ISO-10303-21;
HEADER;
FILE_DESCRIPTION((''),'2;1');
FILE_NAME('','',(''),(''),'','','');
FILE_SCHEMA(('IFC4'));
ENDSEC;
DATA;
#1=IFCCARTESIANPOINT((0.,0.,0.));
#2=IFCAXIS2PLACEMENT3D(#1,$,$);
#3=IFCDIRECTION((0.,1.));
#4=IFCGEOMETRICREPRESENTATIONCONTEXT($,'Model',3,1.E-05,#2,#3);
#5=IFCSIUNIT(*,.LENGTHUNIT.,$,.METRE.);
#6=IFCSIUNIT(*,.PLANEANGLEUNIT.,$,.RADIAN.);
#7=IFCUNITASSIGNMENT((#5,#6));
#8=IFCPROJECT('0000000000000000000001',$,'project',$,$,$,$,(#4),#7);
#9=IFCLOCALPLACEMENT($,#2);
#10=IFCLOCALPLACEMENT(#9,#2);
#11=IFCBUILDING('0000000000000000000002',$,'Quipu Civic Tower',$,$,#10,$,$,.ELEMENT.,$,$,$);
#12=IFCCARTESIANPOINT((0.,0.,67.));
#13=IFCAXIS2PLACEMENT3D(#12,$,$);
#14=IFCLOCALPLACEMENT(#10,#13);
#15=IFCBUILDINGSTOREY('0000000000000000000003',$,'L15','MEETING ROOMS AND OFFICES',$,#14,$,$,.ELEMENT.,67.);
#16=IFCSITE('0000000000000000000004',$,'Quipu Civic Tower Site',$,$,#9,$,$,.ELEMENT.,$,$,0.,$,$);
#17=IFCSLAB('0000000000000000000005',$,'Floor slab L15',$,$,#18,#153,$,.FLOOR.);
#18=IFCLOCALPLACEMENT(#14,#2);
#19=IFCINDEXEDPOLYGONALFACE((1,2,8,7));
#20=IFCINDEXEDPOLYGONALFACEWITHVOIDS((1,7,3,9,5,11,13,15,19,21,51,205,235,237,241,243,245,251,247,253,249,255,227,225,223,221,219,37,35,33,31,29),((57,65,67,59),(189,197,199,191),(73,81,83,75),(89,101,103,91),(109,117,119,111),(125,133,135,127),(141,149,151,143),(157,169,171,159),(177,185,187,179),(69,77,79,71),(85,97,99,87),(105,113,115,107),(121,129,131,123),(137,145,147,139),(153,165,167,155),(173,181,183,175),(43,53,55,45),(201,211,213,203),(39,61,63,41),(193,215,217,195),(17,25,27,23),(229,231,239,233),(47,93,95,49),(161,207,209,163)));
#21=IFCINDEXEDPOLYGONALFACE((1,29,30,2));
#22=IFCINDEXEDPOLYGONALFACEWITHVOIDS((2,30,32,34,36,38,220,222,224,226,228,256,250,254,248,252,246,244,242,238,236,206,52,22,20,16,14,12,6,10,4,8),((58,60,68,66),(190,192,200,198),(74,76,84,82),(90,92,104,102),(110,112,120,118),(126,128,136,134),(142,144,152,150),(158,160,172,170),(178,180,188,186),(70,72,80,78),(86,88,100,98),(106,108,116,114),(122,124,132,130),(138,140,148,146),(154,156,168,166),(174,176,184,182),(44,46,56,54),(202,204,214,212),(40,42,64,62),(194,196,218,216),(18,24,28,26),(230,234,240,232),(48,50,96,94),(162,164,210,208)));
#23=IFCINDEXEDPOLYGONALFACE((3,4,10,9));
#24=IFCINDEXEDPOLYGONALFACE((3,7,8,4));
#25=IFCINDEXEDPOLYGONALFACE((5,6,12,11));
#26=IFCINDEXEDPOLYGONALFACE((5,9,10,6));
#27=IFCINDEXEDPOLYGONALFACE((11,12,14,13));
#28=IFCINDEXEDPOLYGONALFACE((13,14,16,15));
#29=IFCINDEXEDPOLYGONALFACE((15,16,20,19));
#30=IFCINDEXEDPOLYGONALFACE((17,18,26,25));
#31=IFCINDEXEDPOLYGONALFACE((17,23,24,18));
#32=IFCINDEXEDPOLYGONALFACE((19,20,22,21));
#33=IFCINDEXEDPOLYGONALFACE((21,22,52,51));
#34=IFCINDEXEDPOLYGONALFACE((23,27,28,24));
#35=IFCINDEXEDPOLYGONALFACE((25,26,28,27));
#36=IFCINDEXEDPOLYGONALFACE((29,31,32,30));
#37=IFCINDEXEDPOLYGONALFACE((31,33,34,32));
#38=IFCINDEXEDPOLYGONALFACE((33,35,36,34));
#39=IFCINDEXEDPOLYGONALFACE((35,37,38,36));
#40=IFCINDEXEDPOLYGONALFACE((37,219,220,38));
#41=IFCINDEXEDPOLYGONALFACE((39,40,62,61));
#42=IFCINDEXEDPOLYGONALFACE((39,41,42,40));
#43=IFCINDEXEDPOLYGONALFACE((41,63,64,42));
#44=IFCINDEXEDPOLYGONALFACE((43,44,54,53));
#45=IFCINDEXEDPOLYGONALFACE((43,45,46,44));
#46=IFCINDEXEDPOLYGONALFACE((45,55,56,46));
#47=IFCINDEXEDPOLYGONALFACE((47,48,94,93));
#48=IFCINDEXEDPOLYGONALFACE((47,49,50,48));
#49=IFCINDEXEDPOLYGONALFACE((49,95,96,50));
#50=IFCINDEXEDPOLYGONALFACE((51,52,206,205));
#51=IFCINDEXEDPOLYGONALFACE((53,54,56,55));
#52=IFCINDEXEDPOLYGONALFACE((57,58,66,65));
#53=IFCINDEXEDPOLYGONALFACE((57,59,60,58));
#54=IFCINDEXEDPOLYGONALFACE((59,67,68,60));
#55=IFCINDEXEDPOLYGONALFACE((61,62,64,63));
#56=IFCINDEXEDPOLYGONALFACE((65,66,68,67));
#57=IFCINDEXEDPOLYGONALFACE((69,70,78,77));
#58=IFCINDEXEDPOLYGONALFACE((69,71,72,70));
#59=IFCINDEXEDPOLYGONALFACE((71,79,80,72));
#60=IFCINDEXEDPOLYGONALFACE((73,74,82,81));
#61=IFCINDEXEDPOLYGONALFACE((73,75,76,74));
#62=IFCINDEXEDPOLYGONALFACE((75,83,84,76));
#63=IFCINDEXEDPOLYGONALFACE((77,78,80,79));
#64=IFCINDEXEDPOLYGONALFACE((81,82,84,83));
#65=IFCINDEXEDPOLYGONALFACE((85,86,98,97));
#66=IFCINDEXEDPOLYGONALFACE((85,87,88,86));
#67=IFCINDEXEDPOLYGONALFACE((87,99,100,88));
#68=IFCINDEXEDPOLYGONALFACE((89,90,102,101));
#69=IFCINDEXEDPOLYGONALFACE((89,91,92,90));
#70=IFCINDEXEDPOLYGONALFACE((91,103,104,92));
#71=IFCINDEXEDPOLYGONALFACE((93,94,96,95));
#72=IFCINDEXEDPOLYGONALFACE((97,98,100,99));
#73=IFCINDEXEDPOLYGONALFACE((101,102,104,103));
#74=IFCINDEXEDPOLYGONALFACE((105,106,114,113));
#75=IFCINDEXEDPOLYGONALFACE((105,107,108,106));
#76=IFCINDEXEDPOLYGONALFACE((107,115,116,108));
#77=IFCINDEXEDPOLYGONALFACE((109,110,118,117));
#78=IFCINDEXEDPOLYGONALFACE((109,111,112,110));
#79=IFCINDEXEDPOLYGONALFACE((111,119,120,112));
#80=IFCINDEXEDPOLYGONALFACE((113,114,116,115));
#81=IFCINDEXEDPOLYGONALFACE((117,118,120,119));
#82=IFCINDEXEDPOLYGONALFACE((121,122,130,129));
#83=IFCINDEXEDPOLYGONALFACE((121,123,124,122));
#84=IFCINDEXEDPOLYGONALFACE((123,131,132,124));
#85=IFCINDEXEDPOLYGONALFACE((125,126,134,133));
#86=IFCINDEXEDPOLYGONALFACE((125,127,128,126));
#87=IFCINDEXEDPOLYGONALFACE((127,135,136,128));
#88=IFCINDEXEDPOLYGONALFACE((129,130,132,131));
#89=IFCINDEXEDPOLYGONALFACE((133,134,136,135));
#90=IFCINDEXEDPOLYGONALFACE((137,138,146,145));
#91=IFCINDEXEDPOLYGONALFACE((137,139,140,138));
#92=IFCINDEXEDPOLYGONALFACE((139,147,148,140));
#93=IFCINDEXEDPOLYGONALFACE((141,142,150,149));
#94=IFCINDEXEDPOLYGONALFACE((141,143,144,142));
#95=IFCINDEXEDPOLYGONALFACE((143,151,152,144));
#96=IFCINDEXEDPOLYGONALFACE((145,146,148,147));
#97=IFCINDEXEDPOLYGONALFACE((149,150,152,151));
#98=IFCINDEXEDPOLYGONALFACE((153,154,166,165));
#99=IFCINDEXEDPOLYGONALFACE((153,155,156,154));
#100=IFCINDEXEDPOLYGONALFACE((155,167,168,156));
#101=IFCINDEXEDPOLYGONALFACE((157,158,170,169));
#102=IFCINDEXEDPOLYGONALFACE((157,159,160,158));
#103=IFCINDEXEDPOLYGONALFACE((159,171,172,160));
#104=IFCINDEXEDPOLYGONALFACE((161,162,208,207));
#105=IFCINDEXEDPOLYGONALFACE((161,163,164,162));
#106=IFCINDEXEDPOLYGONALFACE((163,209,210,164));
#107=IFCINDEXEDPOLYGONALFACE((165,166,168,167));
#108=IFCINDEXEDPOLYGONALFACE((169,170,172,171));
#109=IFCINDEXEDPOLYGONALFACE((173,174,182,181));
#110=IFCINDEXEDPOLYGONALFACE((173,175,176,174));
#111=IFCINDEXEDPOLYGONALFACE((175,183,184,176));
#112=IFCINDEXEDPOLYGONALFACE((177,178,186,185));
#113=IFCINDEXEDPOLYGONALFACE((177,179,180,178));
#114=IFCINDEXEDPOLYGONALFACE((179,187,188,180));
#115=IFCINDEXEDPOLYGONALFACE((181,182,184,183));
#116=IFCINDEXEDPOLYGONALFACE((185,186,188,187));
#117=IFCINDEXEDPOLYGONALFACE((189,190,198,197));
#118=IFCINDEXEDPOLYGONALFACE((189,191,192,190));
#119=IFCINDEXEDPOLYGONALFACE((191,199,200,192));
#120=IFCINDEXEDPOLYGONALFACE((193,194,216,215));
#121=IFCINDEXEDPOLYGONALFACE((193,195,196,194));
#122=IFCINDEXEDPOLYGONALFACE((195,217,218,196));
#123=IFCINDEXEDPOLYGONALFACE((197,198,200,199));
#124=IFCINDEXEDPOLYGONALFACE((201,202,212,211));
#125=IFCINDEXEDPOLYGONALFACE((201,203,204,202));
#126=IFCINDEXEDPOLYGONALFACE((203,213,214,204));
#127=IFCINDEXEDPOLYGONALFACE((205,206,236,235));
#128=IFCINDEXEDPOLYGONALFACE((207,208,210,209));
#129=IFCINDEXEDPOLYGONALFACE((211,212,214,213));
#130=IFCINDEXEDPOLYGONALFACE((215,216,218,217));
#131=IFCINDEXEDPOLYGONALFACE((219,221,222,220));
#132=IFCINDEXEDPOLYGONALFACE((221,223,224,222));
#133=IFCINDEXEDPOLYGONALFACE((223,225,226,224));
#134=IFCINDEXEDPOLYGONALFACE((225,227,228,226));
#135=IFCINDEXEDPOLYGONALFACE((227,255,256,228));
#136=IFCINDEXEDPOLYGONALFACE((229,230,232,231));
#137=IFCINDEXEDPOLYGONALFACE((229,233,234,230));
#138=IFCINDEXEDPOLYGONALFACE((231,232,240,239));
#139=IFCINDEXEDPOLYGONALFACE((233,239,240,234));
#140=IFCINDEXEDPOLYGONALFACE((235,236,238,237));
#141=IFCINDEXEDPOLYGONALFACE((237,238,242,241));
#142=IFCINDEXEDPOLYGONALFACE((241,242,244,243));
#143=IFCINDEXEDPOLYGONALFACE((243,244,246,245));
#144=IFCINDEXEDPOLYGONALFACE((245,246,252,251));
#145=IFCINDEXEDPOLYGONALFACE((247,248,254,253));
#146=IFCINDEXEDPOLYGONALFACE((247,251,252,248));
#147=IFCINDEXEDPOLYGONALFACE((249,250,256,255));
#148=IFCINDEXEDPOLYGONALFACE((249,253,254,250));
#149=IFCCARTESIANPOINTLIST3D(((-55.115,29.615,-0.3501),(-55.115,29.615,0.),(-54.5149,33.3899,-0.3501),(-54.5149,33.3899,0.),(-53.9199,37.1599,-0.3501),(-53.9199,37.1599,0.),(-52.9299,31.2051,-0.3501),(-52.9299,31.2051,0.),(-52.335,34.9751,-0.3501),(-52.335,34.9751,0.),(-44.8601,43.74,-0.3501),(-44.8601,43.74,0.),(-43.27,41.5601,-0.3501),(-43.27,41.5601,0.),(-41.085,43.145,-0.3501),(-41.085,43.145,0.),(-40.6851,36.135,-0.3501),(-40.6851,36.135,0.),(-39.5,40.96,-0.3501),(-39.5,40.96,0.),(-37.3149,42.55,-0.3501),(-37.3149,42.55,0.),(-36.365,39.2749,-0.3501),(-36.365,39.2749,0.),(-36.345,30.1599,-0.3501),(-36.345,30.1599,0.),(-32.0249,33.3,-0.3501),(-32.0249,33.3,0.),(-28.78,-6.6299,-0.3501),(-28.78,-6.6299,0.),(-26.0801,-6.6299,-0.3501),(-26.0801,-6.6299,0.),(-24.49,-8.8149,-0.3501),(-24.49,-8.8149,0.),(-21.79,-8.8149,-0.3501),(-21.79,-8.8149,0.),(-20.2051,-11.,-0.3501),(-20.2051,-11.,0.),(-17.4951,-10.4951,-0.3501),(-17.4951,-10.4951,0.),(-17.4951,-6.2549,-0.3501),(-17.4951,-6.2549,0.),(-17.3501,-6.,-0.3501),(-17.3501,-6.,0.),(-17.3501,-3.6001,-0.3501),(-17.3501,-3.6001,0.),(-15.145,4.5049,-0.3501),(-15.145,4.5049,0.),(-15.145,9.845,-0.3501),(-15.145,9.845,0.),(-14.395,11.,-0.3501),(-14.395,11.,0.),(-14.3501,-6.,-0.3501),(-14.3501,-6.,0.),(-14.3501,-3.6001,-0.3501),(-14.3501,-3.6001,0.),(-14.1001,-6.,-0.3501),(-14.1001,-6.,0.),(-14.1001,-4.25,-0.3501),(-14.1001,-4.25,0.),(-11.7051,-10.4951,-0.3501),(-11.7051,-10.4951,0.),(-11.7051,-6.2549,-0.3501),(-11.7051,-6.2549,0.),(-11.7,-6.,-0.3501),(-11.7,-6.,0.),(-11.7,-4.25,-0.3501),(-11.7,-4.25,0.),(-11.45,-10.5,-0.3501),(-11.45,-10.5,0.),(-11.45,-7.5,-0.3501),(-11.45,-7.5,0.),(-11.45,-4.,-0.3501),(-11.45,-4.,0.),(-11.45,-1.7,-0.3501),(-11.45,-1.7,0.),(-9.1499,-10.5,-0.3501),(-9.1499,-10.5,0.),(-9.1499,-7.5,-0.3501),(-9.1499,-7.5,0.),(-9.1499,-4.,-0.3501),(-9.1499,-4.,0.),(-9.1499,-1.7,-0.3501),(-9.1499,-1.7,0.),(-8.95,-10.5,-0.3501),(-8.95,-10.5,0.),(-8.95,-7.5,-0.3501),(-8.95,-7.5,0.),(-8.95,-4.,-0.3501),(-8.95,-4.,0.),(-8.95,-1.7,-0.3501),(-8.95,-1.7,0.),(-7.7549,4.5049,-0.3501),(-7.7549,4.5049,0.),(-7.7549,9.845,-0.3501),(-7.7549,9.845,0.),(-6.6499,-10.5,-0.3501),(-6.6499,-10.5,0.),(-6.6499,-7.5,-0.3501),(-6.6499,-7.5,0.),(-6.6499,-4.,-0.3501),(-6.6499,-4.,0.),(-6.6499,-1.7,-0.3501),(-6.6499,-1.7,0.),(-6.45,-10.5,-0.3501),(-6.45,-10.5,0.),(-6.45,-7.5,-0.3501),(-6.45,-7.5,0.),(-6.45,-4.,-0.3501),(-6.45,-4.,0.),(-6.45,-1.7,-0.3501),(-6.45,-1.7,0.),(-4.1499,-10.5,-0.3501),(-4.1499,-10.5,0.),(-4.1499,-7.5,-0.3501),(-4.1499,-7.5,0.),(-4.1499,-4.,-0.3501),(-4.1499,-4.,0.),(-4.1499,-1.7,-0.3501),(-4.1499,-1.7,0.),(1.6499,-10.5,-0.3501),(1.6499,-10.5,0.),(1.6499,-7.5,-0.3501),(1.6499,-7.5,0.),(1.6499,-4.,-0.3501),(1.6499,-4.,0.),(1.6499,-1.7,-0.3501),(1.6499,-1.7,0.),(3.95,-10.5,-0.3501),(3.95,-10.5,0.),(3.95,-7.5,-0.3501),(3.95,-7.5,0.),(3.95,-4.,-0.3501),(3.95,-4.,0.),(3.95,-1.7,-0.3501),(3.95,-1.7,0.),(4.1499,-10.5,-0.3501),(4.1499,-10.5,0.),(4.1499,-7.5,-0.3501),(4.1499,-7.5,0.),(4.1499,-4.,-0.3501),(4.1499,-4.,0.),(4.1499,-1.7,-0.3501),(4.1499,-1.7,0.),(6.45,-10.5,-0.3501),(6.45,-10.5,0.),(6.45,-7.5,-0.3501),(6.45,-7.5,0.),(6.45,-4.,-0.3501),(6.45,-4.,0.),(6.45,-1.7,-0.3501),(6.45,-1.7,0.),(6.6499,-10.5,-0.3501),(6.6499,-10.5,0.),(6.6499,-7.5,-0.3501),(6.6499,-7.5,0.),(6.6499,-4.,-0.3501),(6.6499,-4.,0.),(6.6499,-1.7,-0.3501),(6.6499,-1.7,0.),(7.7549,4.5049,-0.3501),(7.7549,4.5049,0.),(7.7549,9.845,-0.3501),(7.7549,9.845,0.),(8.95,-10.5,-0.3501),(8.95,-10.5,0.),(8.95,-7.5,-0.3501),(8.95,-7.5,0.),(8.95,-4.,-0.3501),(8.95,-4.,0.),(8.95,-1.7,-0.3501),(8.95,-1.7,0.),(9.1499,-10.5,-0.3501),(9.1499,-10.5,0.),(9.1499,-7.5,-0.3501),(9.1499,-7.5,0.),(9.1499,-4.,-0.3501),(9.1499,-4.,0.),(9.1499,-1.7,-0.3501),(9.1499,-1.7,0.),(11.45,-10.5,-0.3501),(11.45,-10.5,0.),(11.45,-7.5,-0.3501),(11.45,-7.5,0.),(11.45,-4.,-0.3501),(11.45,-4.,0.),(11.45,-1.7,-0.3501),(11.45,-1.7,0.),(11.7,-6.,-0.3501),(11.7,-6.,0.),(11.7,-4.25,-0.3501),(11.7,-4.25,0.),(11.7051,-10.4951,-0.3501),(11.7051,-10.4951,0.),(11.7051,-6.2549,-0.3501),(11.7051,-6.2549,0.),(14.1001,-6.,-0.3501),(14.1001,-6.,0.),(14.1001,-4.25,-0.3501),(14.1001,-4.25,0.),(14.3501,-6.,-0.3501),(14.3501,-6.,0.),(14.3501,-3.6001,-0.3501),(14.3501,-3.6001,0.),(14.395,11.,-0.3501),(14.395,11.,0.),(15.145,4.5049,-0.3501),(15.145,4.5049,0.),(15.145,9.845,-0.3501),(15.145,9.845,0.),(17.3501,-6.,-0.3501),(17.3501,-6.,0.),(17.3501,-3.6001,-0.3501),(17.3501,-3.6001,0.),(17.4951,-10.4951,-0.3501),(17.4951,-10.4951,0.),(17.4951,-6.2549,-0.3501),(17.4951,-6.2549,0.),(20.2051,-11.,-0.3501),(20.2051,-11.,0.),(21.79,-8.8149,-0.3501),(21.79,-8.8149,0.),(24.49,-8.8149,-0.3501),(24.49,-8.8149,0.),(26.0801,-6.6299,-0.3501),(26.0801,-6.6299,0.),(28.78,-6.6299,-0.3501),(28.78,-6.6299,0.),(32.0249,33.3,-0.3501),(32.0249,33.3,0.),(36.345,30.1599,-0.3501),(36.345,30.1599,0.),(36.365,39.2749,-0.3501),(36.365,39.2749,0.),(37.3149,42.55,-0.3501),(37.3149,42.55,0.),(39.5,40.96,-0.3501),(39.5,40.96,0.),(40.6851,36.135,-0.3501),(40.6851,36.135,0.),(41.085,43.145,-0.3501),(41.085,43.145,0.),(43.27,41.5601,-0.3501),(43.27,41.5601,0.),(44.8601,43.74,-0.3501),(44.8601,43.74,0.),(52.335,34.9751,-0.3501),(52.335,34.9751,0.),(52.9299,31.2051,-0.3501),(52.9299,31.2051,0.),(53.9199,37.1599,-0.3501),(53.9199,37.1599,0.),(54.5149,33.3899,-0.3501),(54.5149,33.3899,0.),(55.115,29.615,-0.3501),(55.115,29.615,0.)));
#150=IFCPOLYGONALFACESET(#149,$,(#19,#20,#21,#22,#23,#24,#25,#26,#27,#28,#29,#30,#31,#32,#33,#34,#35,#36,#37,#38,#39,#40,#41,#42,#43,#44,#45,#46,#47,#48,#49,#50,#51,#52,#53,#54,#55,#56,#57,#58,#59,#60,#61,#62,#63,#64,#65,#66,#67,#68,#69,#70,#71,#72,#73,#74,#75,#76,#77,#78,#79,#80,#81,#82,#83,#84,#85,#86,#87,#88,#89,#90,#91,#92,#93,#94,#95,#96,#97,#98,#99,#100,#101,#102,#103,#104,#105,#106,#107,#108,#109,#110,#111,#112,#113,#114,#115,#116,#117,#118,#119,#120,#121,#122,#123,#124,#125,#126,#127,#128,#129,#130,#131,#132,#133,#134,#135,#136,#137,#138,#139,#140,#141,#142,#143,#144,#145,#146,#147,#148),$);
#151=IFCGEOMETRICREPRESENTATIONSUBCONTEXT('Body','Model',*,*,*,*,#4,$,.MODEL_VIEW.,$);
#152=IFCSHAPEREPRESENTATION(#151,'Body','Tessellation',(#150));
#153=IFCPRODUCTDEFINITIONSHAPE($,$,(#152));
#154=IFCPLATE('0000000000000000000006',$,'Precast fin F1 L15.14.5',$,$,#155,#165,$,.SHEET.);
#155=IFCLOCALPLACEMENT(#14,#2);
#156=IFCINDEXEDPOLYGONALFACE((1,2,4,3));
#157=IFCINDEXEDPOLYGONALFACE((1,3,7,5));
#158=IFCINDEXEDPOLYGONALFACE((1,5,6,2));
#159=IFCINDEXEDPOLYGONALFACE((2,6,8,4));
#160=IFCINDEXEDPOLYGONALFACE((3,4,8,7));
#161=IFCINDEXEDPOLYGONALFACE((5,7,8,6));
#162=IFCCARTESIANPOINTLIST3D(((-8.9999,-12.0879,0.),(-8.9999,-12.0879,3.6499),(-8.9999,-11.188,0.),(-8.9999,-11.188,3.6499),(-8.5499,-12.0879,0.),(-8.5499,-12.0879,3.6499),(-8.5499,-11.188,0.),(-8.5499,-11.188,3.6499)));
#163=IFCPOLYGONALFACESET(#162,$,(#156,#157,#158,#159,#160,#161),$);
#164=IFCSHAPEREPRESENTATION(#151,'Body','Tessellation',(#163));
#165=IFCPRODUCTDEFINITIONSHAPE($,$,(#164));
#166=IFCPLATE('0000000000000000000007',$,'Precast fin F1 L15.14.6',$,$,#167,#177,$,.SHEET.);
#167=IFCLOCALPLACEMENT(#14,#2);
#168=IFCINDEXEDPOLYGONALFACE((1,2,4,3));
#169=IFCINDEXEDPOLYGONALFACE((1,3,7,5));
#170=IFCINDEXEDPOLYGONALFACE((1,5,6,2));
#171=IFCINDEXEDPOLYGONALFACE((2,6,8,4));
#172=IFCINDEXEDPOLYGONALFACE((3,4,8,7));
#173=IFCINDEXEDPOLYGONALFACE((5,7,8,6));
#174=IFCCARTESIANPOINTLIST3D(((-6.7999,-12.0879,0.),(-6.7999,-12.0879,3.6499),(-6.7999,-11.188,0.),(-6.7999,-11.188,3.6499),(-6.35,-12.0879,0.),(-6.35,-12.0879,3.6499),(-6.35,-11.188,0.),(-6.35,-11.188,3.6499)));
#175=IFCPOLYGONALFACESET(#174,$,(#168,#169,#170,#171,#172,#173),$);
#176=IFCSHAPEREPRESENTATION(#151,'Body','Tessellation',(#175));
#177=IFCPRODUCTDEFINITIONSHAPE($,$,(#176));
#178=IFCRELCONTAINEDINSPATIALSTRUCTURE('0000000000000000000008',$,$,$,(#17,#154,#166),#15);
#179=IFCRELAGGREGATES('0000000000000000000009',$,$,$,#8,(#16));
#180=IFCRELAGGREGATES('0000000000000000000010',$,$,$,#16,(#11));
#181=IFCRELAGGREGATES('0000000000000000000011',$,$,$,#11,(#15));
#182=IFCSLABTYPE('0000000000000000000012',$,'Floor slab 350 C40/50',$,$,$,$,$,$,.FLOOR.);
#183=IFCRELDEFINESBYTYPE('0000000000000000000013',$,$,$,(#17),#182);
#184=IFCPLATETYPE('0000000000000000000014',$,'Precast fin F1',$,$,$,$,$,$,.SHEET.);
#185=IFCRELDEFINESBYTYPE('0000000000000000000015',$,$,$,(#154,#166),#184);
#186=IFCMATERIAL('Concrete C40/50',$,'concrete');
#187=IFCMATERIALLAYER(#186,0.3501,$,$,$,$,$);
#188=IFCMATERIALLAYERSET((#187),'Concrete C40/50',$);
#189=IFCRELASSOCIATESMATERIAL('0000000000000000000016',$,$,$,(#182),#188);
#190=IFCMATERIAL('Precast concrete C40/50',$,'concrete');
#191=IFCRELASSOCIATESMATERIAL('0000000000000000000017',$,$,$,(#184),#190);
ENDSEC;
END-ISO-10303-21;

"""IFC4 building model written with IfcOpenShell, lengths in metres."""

from ifc_helpers import new_model, si_unit, direction, frame, origin, origin_2d, place, context, subcontext, project, spatial, polyline, rectangle, outline, extrude, material, layer, layer_set, type_object, element, save


model = new_model("IFC4")

# Units and contexts
model_context = context("Model", 3, precision=1e-05, world=origin(), true_north=direction((0.0, 1.0)))
body_context = subcontext(model_context, "Body", "Model", "MODEL_VIEW")
ifc_project = project(units=[si_unit("LENGTHUNIT", "METRE"), si_unit("PLANEANGLEUNIT", "RADIAN")], contexts=[model_context])

# Site, building, storey
site_placement = place(None, origin())
site = spatial("IfcSite", under=ifc_project, at=site_placement, Name="Quipu Civic Tower Site", CompositionType="ELEMENT", RefElevation=0.0)
building_placement = place(site_placement, origin())
building = spatial("IfcBuilding", under=site, at=building_placement, Name="Quipu Civic Tower", CompositionType="ELEMENT")
storey_placement = place(building_placement, frame((0.0, 0.0, 67.0)))
storey = spatial("IfcBuildingStorey", under=building, at=storey_placement, Name="L15", Description="MEETING ROOMS AND OFFICES", CompositionType="ELEMENT", Elevation=67.0)

# Slab
ifc_material_1 = material(Name="Concrete C40/50", Category="concrete")
ifc_layer_1 = layer(ifc_material_1, 0.3501)
ifc_layer_set_1 = layer_set([ifc_layer_1], Name="Concrete C40/50")
slab_type_1 = type_object("IfcSlabType", Name="Floor slab 350 C40/50", PredefinedType="FLOOR", material=ifc_layer_set_1)
slab_1_placement = place(storey_placement, frame((0.0, 0.0, -0.3501)))
element("IfcSlab", 1, at=slab_1_placement, inside=storey, type_object=slab_type_1, Name="Floor slab L15", PredefinedType="FLOOR", context=body_context, shape_type="SweptSolid", body=[
    extrude(outline(polyline([(37.3149, 42.55), (39.5, 40.96), (41.085, 43.145), (43.27, 41.5601), (44.8601, 43.74), (53.9199, 37.1599), (52.335, 34.9751), (54.5149, 33.3899), (52.9299, 31.2051), (55.115, 29.615), (28.78, -6.6299), (26.0801, -6.6299), (24.49, -8.8149), (21.79, -8.8149), (20.2051, -11.0), (-20.2051, -11.0), (-21.79, -8.8149), (-24.49, -8.8149), (-26.0801, -6.6299), (-28.78, -6.6299), (-55.115, 29.615), (-52.9299, 31.2051), (-54.5149, 33.3899), (-52.335, 34.9751), (-53.9199, 37.1599), (-44.8601, 43.74), (-43.27, 41.5601), (-41.085, 43.145), (-39.5, 40.96), (-37.3149, 42.55), (-14.395, 11.0), (14.395, 11.0), (37.3149, 42.55)]), holes=[polyline([(-11.45, -7.5), (-11.45, -10.5), (-9.1499, -10.5), (-9.1499, -7.5), (-11.45, -7.5)]), polyline([(-6.6499, -7.5), (-8.95, -7.5), (-8.95, -10.5), (-6.6499, -10.5), (-6.6499, -7.5)]), polyline([(-4.1499, -7.5), (-6.45, -7.5), (-6.45, -10.5), (-4.1499, -10.5), (-4.1499, -7.5)]), polyline([(1.6499, -7.5), (1.6499, -10.5), (3.95, -10.5), (3.95, -7.5), (1.6499, -7.5)]), polyline([(-11.7051, -10.4951), (-11.7051, -6.2549), (-17.4951, -6.2549), (-17.4951, -10.4951), (-11.7051, -10.4951)]), polyline([(-11.7, -4.25), (-14.1001, -4.25), (-14.1001, -6.0), (-11.7, -6.0), (-11.7, -4.25)]), polyline([(-17.3501, -3.6001), (-17.3501, -6.0), (-14.3501, -6.0), (-14.3501, -3.6001), (-17.3501, -3.6001)]), polyline([(-9.1499, -1.7), (-11.45, -1.7), (-11.45, -4.0), (-9.1499, -4.0), (-9.1499, -1.7)]), polyline([(-6.6499, -1.7), (-8.95, -1.7), (-8.95, -4.0), (-6.6499, -4.0), (-6.6499, -1.7)]), polyline([(-6.45, -1.7), (-6.45, -4.0), (-4.1499, -4.0), (-4.1499, -1.7), (-6.45, -1.7)]), polyline([(-7.7549, 4.5049), (-7.7549, 9.845), (-15.145, 9.845), (-15.145, 4.5049), (-7.7549, 4.5049)]), polyline([(-36.365, 39.2749), (-40.6851, 36.135), (-36.345, 30.1599), (-32.0249, 33.3), (-36.365, 39.2749)]), polyline([(4.1499, -7.5), (4.1499, -10.5), (6.45, -10.5), (6.45, -7.5), (4.1499, -7.5)]), polyline([(8.95, -7.5), (6.6499, -7.5), (6.6499, -10.5), (8.95, -10.5), (8.95, -7.5)]), polyline([(11.45, -7.5), (9.1499, -7.5), (9.1499, -10.5), (11.45, -10.5), (11.45, -7.5)]), polyline([(11.7051, -10.4951), (17.4951, -10.4951), (17.4951, -6.2549), (11.7051, -6.2549), (11.7051, -10.4951)]), polyline([(14.1001, -4.25), (11.7, -4.25), (11.7, -6.0), (14.1001, -6.0), (14.1001, -4.25)]), polyline([(17.3501, -3.6001), (14.3501, -3.6001), (14.3501, -6.0), (17.3501, -6.0), (17.3501, -3.6001)]), polyline([(1.6499, -1.7), (1.6499, -4.0), (3.95, -4.0), (3.95, -1.7), (1.6499, -1.7)]), polyline([(6.45, -1.7), (4.1499, -1.7), (4.1499, -4.0), (6.45, -4.0), (6.45, -1.7)]), polyline([(8.95, -1.7), (6.6499, -1.7), (6.6499, -4.0), (8.95, -4.0), (8.95, -1.7)]), polyline([(9.1499, -1.7), (9.1499, -4.0), (11.45, -4.0), (11.45, -1.7), (9.1499, -1.7)]), polyline([(7.7549, 9.845), (7.7549, 4.5049), (15.145, 4.5049), (15.145, 9.845), (7.7549, 9.845)]), polyline([(40.6851, 36.135), (36.365, 39.2749), (32.0249, 33.3), (36.345, 30.1599), (40.6851, 36.135)])]), origin(), (0.0, 0.0, 1.0), 0.3501),
])

# Plates
ifc_material_2 = material(Name="Precast concrete C40/50", Category="concrete")
plate_type = type_object("IfcPlateType", Name="Precast fin F1", PredefinedType="SHEET", material=ifc_material_2)
for number, where, z_axis, x_axis, name in (
    (2, (-8.7749, -11.6379, 0.0), (0.0, 0.0, 1.0), (1.0, 0.0, 0.0), "Precast fin F1 L15.14.5"),
    (3, (-6.575, -11.6379, 0.0), (0.0, 0.0, 1.0), (1.0, 0.0, 0.0), "Precast fin F1 L15.14.6"),
):
    element("IfcPlate", number, at=place(storey_placement, frame(where, z_axis=z_axis, x_axis=x_axis)), inside=storey, type_object=plate_type, Name=name, PredefinedType="SHEET", context=body_context, shape_type="SweptSolid", body=[
        extrude(rectangle(XDim=0.45, YDim=0.8999, at=origin_2d()), origin(), (0.0, 0.0, 1.0), 3.6499),
    ])

save(model, "model.ifc")
